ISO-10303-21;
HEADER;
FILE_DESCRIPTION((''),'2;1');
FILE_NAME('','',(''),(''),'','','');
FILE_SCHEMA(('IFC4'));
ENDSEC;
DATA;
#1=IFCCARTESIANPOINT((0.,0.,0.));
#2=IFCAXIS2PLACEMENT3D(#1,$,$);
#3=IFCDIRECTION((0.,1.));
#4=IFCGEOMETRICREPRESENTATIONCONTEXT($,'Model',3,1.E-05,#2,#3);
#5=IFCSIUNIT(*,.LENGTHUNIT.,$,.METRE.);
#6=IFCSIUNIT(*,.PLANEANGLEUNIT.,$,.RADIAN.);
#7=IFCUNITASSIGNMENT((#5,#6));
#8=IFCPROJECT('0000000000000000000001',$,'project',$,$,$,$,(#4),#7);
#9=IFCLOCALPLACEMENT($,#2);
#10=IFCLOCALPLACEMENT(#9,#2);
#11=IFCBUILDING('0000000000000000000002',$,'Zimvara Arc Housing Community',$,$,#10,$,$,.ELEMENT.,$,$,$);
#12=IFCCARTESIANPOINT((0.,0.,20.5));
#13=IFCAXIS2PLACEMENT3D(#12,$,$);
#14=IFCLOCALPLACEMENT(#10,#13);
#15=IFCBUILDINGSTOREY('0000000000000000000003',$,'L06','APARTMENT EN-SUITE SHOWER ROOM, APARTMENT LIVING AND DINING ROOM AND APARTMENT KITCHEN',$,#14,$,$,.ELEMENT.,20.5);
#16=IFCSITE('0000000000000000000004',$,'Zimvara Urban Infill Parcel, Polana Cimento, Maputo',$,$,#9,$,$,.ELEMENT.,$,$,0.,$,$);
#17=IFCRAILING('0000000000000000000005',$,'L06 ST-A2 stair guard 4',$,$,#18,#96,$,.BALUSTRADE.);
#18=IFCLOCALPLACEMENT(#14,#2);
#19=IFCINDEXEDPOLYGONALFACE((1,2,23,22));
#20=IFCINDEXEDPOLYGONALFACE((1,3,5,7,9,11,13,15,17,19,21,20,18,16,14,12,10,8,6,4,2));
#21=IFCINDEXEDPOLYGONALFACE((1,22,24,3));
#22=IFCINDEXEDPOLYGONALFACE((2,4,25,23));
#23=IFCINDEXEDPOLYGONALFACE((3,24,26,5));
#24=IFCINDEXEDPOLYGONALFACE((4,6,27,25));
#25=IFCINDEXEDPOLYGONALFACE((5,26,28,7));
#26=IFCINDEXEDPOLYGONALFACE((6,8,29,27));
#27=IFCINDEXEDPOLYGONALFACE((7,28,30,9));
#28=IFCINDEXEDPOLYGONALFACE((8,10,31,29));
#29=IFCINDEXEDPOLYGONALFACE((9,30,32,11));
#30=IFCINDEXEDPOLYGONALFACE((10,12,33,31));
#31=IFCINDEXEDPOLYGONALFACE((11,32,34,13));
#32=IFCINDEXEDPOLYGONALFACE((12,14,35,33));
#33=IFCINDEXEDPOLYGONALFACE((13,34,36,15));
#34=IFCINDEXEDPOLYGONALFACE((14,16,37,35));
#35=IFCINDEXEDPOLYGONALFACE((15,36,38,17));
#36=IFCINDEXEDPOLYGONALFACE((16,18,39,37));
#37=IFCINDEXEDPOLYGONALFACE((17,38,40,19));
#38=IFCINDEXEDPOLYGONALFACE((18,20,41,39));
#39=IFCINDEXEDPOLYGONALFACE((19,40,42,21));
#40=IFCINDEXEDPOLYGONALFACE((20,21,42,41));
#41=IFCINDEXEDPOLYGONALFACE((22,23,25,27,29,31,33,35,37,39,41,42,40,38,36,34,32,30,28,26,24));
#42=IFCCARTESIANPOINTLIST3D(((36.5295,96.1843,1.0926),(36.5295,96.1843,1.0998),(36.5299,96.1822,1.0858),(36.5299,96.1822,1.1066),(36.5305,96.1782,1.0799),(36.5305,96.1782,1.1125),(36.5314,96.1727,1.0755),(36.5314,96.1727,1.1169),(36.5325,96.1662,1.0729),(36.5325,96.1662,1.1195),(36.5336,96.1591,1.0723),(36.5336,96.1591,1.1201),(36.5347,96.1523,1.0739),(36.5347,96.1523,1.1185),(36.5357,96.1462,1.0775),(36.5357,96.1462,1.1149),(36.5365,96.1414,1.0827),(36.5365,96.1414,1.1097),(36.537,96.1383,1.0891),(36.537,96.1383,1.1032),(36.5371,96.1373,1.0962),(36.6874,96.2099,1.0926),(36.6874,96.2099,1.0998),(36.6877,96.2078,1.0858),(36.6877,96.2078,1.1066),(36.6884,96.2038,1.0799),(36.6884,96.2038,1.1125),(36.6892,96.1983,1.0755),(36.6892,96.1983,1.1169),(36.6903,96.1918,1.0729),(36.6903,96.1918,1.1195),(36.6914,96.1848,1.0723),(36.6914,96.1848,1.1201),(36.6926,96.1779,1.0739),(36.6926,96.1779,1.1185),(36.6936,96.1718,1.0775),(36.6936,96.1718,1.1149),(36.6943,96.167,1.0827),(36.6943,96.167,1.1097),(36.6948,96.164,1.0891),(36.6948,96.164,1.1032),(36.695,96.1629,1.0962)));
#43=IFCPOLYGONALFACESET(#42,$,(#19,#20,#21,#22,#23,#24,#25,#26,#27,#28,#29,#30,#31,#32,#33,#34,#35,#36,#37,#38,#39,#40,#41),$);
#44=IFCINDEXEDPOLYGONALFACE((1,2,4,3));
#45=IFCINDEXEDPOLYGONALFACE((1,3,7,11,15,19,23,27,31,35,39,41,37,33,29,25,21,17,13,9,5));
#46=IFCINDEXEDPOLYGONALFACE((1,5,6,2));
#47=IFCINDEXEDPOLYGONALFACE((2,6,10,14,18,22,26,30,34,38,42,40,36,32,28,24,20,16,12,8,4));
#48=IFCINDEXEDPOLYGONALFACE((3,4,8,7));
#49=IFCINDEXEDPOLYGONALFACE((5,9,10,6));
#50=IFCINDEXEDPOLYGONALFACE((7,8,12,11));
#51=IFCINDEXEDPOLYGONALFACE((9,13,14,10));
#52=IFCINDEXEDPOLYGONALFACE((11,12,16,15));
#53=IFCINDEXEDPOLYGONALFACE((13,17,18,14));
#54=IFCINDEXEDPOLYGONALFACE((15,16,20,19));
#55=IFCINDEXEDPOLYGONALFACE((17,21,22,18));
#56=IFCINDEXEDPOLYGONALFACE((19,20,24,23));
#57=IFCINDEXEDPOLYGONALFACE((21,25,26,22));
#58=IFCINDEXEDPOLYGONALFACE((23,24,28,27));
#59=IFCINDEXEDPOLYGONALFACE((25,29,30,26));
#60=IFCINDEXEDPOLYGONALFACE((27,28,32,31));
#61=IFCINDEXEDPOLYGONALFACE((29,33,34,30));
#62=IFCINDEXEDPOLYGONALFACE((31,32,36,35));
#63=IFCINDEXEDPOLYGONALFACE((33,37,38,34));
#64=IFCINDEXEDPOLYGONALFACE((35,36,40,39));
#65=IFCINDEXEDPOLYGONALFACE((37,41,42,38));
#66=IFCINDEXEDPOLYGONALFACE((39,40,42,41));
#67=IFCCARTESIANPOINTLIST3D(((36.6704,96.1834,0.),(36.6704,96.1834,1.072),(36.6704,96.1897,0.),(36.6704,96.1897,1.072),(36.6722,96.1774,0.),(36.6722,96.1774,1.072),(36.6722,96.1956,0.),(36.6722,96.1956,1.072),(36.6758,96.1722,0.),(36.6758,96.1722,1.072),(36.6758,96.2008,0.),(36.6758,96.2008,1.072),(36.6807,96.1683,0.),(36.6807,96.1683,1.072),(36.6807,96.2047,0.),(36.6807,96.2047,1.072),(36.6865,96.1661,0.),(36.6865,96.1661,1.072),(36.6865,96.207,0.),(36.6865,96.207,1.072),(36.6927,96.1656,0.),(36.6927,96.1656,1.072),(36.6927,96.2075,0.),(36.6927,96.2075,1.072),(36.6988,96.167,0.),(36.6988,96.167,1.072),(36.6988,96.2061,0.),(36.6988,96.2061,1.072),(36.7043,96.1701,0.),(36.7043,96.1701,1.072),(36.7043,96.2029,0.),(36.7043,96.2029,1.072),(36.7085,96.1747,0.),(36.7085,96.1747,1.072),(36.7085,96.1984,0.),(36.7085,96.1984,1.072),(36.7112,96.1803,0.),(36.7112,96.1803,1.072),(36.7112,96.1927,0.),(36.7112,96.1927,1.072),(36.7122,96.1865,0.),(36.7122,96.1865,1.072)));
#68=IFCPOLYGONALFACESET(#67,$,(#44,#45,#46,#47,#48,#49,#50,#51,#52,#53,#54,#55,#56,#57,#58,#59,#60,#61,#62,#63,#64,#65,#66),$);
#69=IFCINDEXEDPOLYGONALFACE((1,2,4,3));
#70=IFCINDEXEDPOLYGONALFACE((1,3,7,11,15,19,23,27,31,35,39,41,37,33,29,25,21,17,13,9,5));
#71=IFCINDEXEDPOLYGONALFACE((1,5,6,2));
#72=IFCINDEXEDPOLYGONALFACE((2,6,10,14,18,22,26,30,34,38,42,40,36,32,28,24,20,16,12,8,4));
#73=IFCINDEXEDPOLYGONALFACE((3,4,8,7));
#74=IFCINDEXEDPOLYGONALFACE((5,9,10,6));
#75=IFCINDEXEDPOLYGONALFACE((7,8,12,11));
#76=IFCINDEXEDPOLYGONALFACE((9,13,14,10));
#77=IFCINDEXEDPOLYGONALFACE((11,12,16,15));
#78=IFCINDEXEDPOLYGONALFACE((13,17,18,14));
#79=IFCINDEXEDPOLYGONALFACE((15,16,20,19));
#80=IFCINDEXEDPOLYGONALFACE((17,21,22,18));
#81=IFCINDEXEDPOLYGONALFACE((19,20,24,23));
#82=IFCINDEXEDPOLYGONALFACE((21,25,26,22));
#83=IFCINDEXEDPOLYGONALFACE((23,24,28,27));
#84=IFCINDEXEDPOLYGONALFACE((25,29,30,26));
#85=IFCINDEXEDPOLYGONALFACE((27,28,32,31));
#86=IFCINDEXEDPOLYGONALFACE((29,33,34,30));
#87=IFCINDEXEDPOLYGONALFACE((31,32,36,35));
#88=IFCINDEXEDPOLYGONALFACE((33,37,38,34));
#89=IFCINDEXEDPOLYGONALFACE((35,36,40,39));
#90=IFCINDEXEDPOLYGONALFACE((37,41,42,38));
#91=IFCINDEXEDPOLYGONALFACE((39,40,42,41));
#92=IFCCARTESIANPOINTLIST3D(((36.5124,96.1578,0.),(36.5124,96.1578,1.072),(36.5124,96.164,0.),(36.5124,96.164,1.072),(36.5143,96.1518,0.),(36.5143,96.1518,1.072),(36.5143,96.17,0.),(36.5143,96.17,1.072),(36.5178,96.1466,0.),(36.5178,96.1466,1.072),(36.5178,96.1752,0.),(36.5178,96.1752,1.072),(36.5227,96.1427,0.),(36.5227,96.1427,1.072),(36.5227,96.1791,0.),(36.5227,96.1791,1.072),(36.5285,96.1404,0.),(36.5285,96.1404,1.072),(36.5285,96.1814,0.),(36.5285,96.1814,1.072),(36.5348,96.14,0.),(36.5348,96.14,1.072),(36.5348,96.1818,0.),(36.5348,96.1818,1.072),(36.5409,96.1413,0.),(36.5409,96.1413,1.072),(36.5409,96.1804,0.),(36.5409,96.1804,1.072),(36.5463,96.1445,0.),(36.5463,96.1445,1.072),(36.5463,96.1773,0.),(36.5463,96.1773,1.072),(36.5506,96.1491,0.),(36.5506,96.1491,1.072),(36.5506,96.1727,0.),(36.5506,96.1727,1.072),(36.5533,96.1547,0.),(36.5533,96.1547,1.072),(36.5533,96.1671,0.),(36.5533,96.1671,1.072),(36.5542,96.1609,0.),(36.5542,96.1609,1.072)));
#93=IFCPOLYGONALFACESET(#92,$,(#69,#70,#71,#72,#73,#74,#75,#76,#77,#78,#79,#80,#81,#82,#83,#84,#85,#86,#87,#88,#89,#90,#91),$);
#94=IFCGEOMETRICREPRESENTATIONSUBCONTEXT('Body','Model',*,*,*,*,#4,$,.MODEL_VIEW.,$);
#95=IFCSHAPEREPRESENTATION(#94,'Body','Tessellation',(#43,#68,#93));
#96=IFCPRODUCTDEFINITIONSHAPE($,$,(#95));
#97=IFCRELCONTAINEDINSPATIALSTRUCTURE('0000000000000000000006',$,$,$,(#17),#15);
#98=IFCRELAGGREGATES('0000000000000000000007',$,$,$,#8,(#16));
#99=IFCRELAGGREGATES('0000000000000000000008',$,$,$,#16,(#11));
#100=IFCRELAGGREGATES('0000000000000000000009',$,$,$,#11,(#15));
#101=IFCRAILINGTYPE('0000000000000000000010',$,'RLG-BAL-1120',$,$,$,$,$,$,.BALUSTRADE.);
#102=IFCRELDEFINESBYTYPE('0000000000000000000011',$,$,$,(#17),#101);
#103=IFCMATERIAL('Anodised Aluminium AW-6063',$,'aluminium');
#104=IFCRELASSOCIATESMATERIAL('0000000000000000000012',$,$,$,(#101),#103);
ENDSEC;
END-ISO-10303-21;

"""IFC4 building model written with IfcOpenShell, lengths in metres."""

from ifc_helpers import new_model, si_unit, direction, frame, origin, origin_2d, place, context, subcontext, project, spatial, circle, extrude, material, type_object, element, save


model = new_model("IFC4")

# Units and contexts
model_context = context("Model", 3, precision=1e-05, world=origin(), true_north=direction((0.0, 1.0)))
body_context = subcontext(model_context, "Body", "Model", "MODEL_VIEW")
ifc_project = project(units=[si_unit("LENGTHUNIT", "METRE"), si_unit("PLANEANGLEUNIT", "RADIAN")], contexts=[model_context])

# Site, building, storey
site_placement = place(None, origin())
site = spatial("IfcSite", under=ifc_project, at=site_placement, Name="Zimvara Urban Infill Parcel, Polana Cimento, Maputo", CompositionType="ELEMENT", RefElevation=0.0)
building_placement = place(site_placement, origin())
building = spatial("IfcBuilding", under=site, at=building_placement, Name="Zimvara Arc Housing Community", CompositionType="ELEMENT")
storey_placement = place(building_placement, frame((0.0, 0.0, 20.5)))
storey = spatial("IfcBuildingStorey", under=building, at=storey_placement, Name="L06", Description="APARTMENT EN-SUITE SHOWER ROOM, APARTMENT LIVING AND DINING ROOM AND APARTMENT KITCHEN", CompositionType="ELEMENT", Elevation=20.5)

# Railing
ifc_material_1 = material(Name="Anodised Aluminium AW-6063", Category="aluminium")
railing_type_1 = type_object("IfcRailingType", Name="RLG-BAL-1120", PredefinedType="BALUSTRADE", material=ifc_material_1)
railing_1_placement = place(storey_placement, frame((36.6912, 96.1865, 0.0)))
element("IfcRailing", 1, at=railing_1_placement, inside=storey, type_object=railing_type_1, Name="L06 ST-A2 stair guard 4", PredefinedType="BALUSTRADE", context=body_context, shape_type="SweptSolid", body=[
    extrude(circle(Radius=0.0239, at=origin_2d()), frame((0.0, 0.0, 1.0962), z_axis=(-0.987086, -0.160192, 0.0), x_axis=(0.160192, -0.987086, 0.0)), (0.0, 0.0, 1.0), 0.1599),
    extrude(circle(Radius=0.021, at=origin_2d()), origin(), (0.0, 0.0, 1.0), 1.072),
    extrude(circle(Radius=0.021, at=origin_2d()), frame((-0.158, -0.0256, 0.0)), (0.0, 0.0, 1.0), 1.072),
])

save(model, "model.ifc")
